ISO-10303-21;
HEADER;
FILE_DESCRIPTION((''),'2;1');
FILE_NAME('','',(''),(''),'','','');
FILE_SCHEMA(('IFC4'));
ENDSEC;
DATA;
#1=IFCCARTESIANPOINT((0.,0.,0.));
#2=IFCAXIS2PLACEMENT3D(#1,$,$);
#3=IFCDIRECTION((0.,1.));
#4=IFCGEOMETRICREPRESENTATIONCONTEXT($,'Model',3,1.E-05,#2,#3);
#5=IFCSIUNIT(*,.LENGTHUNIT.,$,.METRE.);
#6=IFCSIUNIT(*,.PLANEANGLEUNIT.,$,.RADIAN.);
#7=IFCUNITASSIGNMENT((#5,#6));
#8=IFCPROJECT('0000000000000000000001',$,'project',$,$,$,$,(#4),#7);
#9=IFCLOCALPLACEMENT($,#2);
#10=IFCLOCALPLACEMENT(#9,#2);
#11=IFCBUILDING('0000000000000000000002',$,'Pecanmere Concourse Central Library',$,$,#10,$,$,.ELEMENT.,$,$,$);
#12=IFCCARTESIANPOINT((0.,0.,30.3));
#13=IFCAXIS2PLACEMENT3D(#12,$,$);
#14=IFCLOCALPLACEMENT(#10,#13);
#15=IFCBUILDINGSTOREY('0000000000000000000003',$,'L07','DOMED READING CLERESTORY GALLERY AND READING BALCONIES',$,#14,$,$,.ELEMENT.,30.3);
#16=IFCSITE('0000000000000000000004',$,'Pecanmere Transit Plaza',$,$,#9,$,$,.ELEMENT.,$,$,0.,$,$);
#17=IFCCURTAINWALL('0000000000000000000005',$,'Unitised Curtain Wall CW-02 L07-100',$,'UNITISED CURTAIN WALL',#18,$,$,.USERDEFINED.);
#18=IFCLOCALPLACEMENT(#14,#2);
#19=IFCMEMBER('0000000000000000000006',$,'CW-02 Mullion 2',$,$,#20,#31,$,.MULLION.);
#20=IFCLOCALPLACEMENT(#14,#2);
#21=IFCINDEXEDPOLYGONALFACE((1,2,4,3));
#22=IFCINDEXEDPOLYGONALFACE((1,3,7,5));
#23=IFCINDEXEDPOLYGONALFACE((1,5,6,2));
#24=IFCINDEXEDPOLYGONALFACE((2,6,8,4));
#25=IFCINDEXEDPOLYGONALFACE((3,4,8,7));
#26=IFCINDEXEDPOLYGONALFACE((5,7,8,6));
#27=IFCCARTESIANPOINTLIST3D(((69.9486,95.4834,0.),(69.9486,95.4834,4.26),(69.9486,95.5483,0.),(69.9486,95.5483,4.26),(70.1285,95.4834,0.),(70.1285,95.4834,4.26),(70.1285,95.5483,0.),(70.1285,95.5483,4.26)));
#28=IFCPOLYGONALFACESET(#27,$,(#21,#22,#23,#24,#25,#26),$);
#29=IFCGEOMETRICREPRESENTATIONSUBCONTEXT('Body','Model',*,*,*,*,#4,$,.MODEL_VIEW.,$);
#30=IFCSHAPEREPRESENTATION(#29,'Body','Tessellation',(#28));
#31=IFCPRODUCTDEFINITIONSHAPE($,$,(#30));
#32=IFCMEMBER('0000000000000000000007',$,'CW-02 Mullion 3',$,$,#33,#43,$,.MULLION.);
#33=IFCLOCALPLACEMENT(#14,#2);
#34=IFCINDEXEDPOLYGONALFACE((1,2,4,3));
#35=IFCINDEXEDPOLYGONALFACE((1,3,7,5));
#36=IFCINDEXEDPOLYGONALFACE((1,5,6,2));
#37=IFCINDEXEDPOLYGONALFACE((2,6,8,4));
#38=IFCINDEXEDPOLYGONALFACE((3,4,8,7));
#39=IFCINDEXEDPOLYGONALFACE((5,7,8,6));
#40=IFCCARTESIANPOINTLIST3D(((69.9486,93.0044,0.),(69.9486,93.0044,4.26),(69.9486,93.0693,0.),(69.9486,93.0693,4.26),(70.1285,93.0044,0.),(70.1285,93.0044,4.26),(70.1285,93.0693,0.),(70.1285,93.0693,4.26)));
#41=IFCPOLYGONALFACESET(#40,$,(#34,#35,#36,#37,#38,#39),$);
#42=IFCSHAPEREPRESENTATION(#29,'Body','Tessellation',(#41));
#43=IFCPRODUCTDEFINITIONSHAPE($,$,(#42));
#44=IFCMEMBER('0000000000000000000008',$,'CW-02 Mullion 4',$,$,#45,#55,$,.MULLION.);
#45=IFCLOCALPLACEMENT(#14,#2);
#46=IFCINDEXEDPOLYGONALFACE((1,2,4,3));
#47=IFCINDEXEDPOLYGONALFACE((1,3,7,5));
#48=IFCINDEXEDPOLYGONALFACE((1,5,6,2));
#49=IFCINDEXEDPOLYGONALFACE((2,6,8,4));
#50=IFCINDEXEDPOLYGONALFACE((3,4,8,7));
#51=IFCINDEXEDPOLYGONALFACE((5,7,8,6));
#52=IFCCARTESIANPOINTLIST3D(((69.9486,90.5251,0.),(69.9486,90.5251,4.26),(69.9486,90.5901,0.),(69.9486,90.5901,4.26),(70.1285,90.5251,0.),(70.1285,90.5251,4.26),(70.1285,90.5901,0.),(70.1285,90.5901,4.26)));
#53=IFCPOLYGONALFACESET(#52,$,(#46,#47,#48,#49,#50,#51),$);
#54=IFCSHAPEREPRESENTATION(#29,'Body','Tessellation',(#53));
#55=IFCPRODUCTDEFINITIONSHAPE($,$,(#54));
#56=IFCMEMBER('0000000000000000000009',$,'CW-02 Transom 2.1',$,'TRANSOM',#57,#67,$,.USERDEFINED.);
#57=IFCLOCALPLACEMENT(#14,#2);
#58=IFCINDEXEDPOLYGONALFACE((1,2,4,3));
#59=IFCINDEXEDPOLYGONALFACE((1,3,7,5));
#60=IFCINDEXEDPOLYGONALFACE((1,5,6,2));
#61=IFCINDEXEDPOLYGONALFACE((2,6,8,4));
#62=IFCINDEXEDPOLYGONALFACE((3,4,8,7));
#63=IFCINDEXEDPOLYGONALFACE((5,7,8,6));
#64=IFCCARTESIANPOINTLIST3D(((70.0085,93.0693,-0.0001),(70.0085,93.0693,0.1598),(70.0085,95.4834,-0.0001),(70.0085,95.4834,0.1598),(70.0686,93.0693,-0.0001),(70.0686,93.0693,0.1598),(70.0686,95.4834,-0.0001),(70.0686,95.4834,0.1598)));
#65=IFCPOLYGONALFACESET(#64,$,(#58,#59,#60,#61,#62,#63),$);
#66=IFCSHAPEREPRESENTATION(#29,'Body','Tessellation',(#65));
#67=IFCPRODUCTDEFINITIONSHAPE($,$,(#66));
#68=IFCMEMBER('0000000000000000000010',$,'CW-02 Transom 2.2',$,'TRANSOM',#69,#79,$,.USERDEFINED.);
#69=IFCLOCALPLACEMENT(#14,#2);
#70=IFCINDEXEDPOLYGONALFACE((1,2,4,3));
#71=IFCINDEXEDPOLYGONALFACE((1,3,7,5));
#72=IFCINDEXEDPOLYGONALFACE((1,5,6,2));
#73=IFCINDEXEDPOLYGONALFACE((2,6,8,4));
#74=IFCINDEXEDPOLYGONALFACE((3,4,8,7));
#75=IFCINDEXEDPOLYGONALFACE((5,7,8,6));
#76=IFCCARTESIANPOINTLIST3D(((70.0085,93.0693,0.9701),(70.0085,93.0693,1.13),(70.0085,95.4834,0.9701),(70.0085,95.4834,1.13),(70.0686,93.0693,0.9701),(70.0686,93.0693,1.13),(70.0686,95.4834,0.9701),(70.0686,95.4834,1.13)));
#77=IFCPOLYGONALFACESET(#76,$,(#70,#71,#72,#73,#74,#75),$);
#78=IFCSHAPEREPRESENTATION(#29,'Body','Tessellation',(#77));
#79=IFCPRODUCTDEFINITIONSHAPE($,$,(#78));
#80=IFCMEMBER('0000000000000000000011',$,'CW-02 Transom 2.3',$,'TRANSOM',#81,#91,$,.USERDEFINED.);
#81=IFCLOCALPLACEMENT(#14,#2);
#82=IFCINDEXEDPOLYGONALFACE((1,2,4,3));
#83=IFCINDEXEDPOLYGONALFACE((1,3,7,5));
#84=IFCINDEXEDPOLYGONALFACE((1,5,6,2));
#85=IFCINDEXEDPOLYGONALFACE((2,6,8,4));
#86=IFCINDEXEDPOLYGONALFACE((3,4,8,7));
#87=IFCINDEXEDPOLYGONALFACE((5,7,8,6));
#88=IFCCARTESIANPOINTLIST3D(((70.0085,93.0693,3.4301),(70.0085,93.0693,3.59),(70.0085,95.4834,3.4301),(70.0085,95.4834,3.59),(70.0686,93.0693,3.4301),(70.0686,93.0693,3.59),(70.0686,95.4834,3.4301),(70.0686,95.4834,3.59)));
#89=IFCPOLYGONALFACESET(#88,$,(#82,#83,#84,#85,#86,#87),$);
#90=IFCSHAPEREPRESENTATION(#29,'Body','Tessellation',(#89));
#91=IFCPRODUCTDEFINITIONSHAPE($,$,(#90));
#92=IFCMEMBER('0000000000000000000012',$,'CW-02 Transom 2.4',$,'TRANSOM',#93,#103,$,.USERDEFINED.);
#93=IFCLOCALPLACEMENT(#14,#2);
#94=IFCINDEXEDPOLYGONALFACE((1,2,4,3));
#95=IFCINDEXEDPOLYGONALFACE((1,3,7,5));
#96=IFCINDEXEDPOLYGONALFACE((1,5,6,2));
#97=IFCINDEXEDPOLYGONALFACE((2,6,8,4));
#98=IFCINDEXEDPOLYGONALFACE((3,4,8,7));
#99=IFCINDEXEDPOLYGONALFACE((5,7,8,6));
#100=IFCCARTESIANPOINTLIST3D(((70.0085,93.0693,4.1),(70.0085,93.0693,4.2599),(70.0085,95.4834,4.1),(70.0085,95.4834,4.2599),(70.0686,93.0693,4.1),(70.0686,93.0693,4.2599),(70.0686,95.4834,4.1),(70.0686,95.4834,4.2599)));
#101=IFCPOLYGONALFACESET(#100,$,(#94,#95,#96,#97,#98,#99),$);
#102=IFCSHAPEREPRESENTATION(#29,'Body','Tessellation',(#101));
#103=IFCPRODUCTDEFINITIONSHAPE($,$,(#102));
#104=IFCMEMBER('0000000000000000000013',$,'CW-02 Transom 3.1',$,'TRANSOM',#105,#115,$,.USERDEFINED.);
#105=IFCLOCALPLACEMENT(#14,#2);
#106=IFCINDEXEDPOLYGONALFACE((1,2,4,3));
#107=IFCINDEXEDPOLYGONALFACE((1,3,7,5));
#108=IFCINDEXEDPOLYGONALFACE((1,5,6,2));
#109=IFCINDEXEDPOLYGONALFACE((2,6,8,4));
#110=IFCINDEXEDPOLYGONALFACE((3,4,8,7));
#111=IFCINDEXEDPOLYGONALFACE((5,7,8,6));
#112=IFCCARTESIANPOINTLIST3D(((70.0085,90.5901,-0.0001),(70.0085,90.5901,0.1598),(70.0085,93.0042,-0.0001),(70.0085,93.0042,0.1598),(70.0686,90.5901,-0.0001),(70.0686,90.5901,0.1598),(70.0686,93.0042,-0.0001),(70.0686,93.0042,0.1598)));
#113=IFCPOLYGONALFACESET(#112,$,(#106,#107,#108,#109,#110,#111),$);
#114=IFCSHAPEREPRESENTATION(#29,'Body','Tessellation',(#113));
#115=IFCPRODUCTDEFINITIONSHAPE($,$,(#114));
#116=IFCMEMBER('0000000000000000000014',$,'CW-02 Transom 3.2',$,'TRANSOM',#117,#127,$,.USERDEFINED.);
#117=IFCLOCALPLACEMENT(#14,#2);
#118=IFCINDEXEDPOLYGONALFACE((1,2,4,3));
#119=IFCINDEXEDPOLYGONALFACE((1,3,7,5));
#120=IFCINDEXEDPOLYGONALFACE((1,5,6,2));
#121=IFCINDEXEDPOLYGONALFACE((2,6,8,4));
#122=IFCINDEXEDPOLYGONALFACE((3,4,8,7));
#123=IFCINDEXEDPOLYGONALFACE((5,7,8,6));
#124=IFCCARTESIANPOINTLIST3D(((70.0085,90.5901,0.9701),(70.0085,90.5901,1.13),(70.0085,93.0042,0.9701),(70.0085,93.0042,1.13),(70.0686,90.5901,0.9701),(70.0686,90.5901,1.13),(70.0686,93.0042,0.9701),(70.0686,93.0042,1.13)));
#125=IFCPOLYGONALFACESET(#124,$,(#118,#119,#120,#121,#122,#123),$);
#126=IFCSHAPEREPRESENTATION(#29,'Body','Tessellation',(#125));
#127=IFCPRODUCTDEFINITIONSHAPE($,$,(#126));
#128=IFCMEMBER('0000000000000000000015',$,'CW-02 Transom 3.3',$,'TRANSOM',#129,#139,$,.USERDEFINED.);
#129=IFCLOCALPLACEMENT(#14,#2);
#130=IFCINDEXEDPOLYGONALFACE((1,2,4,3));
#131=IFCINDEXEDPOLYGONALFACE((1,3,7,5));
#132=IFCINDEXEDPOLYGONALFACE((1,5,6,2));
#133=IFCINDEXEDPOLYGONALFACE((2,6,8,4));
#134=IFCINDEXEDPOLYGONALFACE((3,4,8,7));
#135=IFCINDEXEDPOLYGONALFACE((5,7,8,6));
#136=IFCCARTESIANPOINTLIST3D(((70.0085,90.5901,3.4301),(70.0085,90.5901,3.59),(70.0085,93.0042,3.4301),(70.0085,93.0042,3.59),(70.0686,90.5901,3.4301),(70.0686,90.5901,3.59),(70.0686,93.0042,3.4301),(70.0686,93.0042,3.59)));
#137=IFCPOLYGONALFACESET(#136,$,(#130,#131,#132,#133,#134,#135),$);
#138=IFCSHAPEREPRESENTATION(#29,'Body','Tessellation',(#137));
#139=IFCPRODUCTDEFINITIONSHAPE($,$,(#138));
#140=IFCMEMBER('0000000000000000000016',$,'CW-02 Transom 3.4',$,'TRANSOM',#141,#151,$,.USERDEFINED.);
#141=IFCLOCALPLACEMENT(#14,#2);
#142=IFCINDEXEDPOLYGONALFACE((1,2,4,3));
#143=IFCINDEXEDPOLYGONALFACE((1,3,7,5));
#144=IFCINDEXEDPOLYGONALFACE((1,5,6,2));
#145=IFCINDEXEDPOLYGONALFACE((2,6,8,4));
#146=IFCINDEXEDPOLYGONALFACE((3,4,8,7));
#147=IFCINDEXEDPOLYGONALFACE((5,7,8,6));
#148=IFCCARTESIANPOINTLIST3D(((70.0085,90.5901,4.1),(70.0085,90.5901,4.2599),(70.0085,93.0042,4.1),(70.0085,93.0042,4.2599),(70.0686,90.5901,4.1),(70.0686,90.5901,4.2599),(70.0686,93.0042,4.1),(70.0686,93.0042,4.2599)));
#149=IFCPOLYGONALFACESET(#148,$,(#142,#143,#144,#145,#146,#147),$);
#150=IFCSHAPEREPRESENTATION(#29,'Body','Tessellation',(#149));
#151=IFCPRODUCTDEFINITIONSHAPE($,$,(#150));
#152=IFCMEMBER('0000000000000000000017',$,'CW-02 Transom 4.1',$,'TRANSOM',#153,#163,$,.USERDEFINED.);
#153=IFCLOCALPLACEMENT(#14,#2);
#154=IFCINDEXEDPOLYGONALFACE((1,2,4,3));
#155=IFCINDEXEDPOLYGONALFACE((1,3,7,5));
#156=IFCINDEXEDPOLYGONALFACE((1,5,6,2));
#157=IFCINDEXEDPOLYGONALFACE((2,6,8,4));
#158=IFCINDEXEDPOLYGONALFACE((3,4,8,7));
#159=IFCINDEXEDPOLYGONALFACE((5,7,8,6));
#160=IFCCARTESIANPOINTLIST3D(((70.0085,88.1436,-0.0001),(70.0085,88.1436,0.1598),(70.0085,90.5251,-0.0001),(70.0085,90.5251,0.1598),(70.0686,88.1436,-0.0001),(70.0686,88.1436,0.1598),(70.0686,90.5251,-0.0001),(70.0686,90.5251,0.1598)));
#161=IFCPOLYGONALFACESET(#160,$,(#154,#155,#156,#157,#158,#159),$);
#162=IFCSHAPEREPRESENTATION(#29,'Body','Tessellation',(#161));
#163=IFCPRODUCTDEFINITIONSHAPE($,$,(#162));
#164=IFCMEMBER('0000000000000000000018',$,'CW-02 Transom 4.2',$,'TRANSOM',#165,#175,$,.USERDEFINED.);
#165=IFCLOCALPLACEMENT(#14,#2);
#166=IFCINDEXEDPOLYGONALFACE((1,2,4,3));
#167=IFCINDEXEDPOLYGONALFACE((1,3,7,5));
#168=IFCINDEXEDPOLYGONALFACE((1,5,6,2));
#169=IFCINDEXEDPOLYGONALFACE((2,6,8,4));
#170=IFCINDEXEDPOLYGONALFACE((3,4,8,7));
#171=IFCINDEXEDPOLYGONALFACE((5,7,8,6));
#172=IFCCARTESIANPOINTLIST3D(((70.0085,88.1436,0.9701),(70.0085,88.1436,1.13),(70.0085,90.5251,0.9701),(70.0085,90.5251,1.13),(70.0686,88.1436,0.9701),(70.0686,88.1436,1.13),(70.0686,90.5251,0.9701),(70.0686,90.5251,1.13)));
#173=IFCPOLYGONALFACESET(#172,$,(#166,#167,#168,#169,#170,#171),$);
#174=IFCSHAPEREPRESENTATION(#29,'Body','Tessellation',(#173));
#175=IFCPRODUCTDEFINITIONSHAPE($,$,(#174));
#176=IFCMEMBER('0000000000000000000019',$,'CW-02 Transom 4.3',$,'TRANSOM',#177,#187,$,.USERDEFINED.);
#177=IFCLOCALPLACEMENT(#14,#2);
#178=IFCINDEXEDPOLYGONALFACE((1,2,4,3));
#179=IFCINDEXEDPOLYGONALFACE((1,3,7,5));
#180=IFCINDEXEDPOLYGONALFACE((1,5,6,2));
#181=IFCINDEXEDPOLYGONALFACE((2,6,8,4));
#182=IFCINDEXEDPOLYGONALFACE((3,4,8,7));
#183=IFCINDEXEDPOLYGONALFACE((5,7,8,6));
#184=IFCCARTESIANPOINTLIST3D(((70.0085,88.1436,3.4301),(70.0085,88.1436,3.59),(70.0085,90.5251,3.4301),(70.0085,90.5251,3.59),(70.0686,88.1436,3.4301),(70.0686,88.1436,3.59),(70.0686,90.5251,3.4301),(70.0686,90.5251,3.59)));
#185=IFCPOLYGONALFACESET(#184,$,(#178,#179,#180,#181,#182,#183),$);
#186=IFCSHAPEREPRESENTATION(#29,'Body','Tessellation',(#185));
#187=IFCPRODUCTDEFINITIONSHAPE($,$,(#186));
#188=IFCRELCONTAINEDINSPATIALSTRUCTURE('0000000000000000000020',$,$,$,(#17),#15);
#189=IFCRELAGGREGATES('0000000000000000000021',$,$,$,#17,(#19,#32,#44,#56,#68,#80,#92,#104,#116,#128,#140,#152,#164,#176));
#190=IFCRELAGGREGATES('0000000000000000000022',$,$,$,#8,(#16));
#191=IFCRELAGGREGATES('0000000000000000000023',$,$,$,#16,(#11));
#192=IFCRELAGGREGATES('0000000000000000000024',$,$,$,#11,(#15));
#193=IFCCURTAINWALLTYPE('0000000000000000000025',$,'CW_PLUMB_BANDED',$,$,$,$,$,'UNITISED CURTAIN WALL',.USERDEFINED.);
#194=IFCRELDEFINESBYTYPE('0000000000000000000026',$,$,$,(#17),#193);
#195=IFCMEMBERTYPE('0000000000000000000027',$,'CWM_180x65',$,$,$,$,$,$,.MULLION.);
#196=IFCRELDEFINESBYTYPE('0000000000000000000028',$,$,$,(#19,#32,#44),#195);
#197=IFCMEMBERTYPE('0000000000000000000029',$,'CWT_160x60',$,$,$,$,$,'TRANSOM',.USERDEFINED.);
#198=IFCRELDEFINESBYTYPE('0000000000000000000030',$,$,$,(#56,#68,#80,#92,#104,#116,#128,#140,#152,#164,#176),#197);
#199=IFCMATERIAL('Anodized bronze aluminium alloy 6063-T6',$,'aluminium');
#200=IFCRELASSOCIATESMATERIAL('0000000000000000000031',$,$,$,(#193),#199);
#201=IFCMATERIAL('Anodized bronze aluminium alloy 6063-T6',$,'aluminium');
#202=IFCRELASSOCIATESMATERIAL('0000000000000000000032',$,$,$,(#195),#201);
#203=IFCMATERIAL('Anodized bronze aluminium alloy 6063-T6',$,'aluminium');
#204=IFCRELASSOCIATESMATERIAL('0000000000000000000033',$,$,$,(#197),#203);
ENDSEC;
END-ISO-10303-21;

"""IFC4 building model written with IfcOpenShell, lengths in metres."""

from ifc_helpers import new_model, si_unit, direction, frame, origin, origin_2d, place, context, subcontext, project, spatial, rectangle, extrude, material, material_profile, profile_set, type_object, element, aggregate, save


model = new_model("IFC4")

# Units and contexts
model_context = context("Model", 3, precision=1e-05, world=origin(), true_north=direction((0.0, 1.0)))
body_context = subcontext(model_context, "Body", "Model", "MODEL_VIEW")
ifc_project = project(units=[si_unit("LENGTHUNIT", "METRE"), si_unit("PLANEANGLEUNIT", "RADIAN")], contexts=[model_context])

# Site, building, storey
site_placement = place(None, origin())
site = spatial("IfcSite", under=ifc_project, at=site_placement, Name="Pecanmere Transit Plaza", CompositionType="ELEMENT", RefElevation=0.0)
building_placement = place(site_placement, origin())
building = spatial("IfcBuilding", under=site, at=building_placement, Name="Pecanmere Concourse Central Library", CompositionType="ELEMENT")
storey_placement = place(building_placement, frame((0.0, 0.0, 30.3)))
storey = spatial("IfcBuildingStorey", under=building, at=storey_placement, Name="L07", Description="DOMED READING CLERESTORY GALLERY AND READING BALCONIES", CompositionType="ELEMENT", Elevation=30.3)

# Curtain wall, members
ifc_material_1 = material(Name="Anodized bronze aluminium alloy 6063-T6", Category="aluminium")
curtain_wall_type = type_object("IfcCurtainWallType", Name="CW_PLUMB_BANDED", ElementType="UNITISED CURTAIN WALL", PredefinedType="USERDEFINED", material=ifc_material_1)
curtain_wall_placement = place(storey_placement, origin())
curtain_wall = element("IfcCurtainWall", 1, at=curtain_wall_placement, inside=storey, type_object=curtain_wall_type, Name="Unitised Curtain Wall CW-02 L07-100", ObjectType="UNITISED CURTAIN WALL", PredefinedType="USERDEFINED")
ifc_material_2 = material(Name="Anodized bronze aluminium alloy 6063-T6", Category="aluminium")
ifc_material_profile_1 = material_profile(ifc_material_2, rectangle(XDim=0.0649, YDim=0.1799, at=origin_2d()), Name="AL 65x180")
ifc_profile_set_1 = profile_set([ifc_material_profile_1], Name="Anodized bronze aluminium alloy 6063-T6")
member_type_1 = type_object("IfcMemberType", Name="CWM_180x65", PredefinedType="MULLION", material=ifc_profile_set_1)
member_1_placement = place(storey_placement, frame((70.0386, 95.5159, 0.0), z_axis=(0.0, 0.0, 1.0), x_axis=(0.0, -1.0, 0.0)))
member_1 = element("IfcMember", 2, at=member_1_placement, type_object=member_type_1, Name="CW-02 Mullion 2", PredefinedType="MULLION", context=body_context, shape_type="SweptSolid", body=[
    extrude(rectangle(XDim=0.0649, YDim=0.1799, at=origin_2d()), origin(), (0.0, 0.0, 1.0), 4.26),
])
member_2_placement = place(storey_placement, frame((70.0386, 93.0369, 0.0), z_axis=(0.0, 0.0, 1.0), x_axis=(0.0, -1.0, 0.0)))
member_2 = element("IfcMember", 3, at=member_2_placement, type_object=member_type_1, Name="CW-02 Mullion 3", PredefinedType="MULLION", context=body_context, shape_type="SweptSolid", body=[
    extrude(rectangle(XDim=0.0649, YDim=0.1799, at=origin_2d()), origin(), (0.0, 0.0, 1.0), 4.26),
])
member_3_placement = place(storey_placement, frame((70.0386, 90.5576, 0.0), z_axis=(0.0, 0.0, 1.0), x_axis=(0.0, -1.0, 0.0)))
member_3 = element("IfcMember", 4, at=member_3_placement, type_object=member_type_1, Name="CW-02 Mullion 4", PredefinedType="MULLION", context=body_context, shape_type="SweptSolid", body=[
    extrude(rectangle(XDim=0.0649, YDim=0.1799, at=origin_2d()), origin(), (0.0, 0.0, 1.0), 4.26),
])
ifc_material_3 = material(Name="Anodized bronze aluminium alloy 6063-T6", Category="aluminium")
ifc_material_profile_2 = material_profile(ifc_material_3, rectangle(XDim=0.0601, YDim=0.1599, at=origin_2d()), Name="AL 60x160")
ifc_profile_set_2 = profile_set([ifc_material_profile_2], Name="Anodized bronze aluminium alloy 6063-T6")
member_type_2 = type_object("IfcMemberType", Name="CWT_160x60", ElementType="TRANSOM", PredefinedType="USERDEFINED", material=ifc_profile_set_2)
member_4_placement = place(storey_placement, frame((70.0386, 95.4834, 0.0798), z_axis=(0.0, -1.0, 0.0), x_axis=(1.0, 0.0, 0.0)))
member_4 = element("IfcMember", 5, at=member_4_placement, type_object=member_type_2, Name="CW-02 Transom 2.1", ObjectType="TRANSOM", PredefinedType="USERDEFINED", context=body_context, shape_type="SweptSolid", body=[
    extrude(rectangle(XDim=0.0601, YDim=0.1599, at=origin_2d()), origin(), (0.0, 0.0, 1.0), 2.4141),
])
member_5_placement = place(storey_placement, frame((70.0386, 95.4834, 1.05), z_axis=(0.0, -1.0, 0.0), x_axis=(1.0, 0.0, 0.0)))
member_5 = element("IfcMember", 6, at=member_5_placement, type_object=member_type_2, Name="CW-02 Transom 2.2", ObjectType="TRANSOM", PredefinedType="USERDEFINED", context=body_context, shape_type="SweptSolid", body=[
    extrude(rectangle(XDim=0.0601, YDim=0.1599, at=origin_2d()), origin(), (0.0, 0.0, 1.0), 2.4141),
])
member_6_placement = place(storey_placement, frame((70.0386, 95.4834, 3.51), z_axis=(0.0, -1.0, 0.0), x_axis=(1.0, 0.0, 0.0)))
member_6 = element("IfcMember", 7, at=member_6_placement, type_object=member_type_2, Name="CW-02 Transom 2.3", ObjectType="TRANSOM", PredefinedType="USERDEFINED", context=body_context, shape_type="SweptSolid", body=[
    extrude(rectangle(XDim=0.0601, YDim=0.1599, at=origin_2d()), origin(), (0.0, 0.0, 1.0), 2.4141),
])
member_7_placement = place(storey_placement, frame((70.0386, 95.4834, 4.1799), z_axis=(0.0, -1.0, 0.0), x_axis=(1.0, 0.0, 0.0)))
member_7 = element("IfcMember", 8, at=member_7_placement, type_object=member_type_2, Name="CW-02 Transom 2.4", ObjectType="TRANSOM", PredefinedType="USERDEFINED", context=body_context, shape_type="SweptSolid", body=[
    extrude(rectangle(XDim=0.0601, YDim=0.1599, at=origin_2d()), origin(), (0.0, 0.0, 1.0), 2.4141),
])
member_8_placement = place(storey_placement, frame((70.0386, 93.0042, 0.0798), z_axis=(0.0, -1.0, 0.0), x_axis=(1.0, 0.0, 0.0)))
member_8 = element("IfcMember", 9, at=member_8_placement, type_object=member_type_2, Name="CW-02 Transom 3.1", ObjectType="TRANSOM", PredefinedType="USERDEFINED", context=body_context, shape_type="SweptSolid", body=[
    extrude(rectangle(XDim=0.0601, YDim=0.1599, at=origin_2d()), origin(), (0.0, 0.0, 1.0), 2.4141),
])
member_9_placement = place(storey_placement, frame((70.0386, 93.0042, 1.05), z_axis=(0.0, -1.0, 0.0), x_axis=(1.0, 0.0, 0.0)))
member_9 = element("IfcMember", 10, at=member_9_placement, type_object=member_type_2, Name="CW-02 Transom 3.2", ObjectType="TRANSOM", PredefinedType="USERDEFINED", context=body_context, shape_type="SweptSolid", body=[
    extrude(rectangle(XDim=0.0601, YDim=0.1599, at=origin_2d()), origin(), (0.0, 0.0, 1.0), 2.4141),
])
member_10_placement = place(storey_placement, frame((70.0386, 93.0042, 3.51), z_axis=(0.0, -1.0, 0.0), x_axis=(1.0, 0.0, 0.0)))
member_10 = element("IfcMember", 11, at=member_10_placement, type_object=member_type_2, Name="CW-02 Transom 3.3", ObjectType="TRANSOM", PredefinedType="USERDEFINED", context=body_context, shape_type="SweptSolid", body=[
    extrude(rectangle(XDim=0.0601, YDim=0.1599, at=origin_2d()), origin(), (0.0, 0.0, 1.0), 2.4141),
])
member_11_placement = place(storey_placement, frame((70.0386, 93.0042, 4.1799), z_axis=(0.0, -1.0, 0.0), x_axis=(1.0, 0.0, 0.0)))
member_11 = element("IfcMember", 12, at=member_11_placement, type_object=member_type_2, Name="CW-02 Transom 3.4", ObjectType="TRANSOM", PredefinedType="USERDEFINED", context=body_context, shape_type="SweptSolid", body=[
    extrude(rectangle(XDim=0.0601, YDim=0.1599, at=origin_2d()), origin(), (0.0, 0.0, 1.0), 2.4141),
])
member_12_placement = place(storey_placement, frame((70.0386, 90.5251, 0.0798), z_axis=(0.0, -1.0, 0.0), x_axis=(1.0, 0.0, 0.0)))
member_12 = element("IfcMember", 13, at=member_12_placement, type_object=member_type_2, Name="CW-02 Transom 4.1", ObjectType="TRANSOM", PredefinedType="USERDEFINED", context=body_context, shape_type="SweptSolid", body=[
    extrude(rectangle(XDim=0.0601, YDim=0.1599, at=origin_2d()), origin(), (0.0, 0.0, 1.0), 2.3816),
])
member_13_placement = place(storey_placement, frame((70.0386, 90.5251, 1.05), z_axis=(0.0, -1.0, 0.0), x_axis=(1.0, 0.0, 0.0)))
member_13 = element("IfcMember", 14, at=member_13_placement, type_object=member_type_2, Name="CW-02 Transom 4.2", ObjectType="TRANSOM", PredefinedType="USERDEFINED", context=body_context, shape_type="SweptSolid", body=[
    extrude(rectangle(XDim=0.0601, YDim=0.1599, at=origin_2d()), origin(), (0.0, 0.0, 1.0), 2.3816),
])
member_14_placement = place(storey_placement, frame((70.0386, 90.5251, 3.51), z_axis=(0.0, -1.0, 0.0), x_axis=(1.0, 0.0, 0.0)))
member_14 = element("IfcMember", 15, at=member_14_placement, type_object=member_type_2, Name="CW-02 Transom 4.3", ObjectType="TRANSOM", PredefinedType="USERDEFINED", context=body_context, shape_type="SweptSolid", body=[
    extrude(rectangle(XDim=0.0601, YDim=0.1599, at=origin_2d()), origin(), (0.0, 0.0, 1.0), 2.3816),
])
aggregate(curtain_wall, [member_1, member_2, member_3, member_4, member_5, member_6, member_7, member_8, member_9, member_10, member_11, member_12, member_13, member_14])

save(model, "model.ifc")
